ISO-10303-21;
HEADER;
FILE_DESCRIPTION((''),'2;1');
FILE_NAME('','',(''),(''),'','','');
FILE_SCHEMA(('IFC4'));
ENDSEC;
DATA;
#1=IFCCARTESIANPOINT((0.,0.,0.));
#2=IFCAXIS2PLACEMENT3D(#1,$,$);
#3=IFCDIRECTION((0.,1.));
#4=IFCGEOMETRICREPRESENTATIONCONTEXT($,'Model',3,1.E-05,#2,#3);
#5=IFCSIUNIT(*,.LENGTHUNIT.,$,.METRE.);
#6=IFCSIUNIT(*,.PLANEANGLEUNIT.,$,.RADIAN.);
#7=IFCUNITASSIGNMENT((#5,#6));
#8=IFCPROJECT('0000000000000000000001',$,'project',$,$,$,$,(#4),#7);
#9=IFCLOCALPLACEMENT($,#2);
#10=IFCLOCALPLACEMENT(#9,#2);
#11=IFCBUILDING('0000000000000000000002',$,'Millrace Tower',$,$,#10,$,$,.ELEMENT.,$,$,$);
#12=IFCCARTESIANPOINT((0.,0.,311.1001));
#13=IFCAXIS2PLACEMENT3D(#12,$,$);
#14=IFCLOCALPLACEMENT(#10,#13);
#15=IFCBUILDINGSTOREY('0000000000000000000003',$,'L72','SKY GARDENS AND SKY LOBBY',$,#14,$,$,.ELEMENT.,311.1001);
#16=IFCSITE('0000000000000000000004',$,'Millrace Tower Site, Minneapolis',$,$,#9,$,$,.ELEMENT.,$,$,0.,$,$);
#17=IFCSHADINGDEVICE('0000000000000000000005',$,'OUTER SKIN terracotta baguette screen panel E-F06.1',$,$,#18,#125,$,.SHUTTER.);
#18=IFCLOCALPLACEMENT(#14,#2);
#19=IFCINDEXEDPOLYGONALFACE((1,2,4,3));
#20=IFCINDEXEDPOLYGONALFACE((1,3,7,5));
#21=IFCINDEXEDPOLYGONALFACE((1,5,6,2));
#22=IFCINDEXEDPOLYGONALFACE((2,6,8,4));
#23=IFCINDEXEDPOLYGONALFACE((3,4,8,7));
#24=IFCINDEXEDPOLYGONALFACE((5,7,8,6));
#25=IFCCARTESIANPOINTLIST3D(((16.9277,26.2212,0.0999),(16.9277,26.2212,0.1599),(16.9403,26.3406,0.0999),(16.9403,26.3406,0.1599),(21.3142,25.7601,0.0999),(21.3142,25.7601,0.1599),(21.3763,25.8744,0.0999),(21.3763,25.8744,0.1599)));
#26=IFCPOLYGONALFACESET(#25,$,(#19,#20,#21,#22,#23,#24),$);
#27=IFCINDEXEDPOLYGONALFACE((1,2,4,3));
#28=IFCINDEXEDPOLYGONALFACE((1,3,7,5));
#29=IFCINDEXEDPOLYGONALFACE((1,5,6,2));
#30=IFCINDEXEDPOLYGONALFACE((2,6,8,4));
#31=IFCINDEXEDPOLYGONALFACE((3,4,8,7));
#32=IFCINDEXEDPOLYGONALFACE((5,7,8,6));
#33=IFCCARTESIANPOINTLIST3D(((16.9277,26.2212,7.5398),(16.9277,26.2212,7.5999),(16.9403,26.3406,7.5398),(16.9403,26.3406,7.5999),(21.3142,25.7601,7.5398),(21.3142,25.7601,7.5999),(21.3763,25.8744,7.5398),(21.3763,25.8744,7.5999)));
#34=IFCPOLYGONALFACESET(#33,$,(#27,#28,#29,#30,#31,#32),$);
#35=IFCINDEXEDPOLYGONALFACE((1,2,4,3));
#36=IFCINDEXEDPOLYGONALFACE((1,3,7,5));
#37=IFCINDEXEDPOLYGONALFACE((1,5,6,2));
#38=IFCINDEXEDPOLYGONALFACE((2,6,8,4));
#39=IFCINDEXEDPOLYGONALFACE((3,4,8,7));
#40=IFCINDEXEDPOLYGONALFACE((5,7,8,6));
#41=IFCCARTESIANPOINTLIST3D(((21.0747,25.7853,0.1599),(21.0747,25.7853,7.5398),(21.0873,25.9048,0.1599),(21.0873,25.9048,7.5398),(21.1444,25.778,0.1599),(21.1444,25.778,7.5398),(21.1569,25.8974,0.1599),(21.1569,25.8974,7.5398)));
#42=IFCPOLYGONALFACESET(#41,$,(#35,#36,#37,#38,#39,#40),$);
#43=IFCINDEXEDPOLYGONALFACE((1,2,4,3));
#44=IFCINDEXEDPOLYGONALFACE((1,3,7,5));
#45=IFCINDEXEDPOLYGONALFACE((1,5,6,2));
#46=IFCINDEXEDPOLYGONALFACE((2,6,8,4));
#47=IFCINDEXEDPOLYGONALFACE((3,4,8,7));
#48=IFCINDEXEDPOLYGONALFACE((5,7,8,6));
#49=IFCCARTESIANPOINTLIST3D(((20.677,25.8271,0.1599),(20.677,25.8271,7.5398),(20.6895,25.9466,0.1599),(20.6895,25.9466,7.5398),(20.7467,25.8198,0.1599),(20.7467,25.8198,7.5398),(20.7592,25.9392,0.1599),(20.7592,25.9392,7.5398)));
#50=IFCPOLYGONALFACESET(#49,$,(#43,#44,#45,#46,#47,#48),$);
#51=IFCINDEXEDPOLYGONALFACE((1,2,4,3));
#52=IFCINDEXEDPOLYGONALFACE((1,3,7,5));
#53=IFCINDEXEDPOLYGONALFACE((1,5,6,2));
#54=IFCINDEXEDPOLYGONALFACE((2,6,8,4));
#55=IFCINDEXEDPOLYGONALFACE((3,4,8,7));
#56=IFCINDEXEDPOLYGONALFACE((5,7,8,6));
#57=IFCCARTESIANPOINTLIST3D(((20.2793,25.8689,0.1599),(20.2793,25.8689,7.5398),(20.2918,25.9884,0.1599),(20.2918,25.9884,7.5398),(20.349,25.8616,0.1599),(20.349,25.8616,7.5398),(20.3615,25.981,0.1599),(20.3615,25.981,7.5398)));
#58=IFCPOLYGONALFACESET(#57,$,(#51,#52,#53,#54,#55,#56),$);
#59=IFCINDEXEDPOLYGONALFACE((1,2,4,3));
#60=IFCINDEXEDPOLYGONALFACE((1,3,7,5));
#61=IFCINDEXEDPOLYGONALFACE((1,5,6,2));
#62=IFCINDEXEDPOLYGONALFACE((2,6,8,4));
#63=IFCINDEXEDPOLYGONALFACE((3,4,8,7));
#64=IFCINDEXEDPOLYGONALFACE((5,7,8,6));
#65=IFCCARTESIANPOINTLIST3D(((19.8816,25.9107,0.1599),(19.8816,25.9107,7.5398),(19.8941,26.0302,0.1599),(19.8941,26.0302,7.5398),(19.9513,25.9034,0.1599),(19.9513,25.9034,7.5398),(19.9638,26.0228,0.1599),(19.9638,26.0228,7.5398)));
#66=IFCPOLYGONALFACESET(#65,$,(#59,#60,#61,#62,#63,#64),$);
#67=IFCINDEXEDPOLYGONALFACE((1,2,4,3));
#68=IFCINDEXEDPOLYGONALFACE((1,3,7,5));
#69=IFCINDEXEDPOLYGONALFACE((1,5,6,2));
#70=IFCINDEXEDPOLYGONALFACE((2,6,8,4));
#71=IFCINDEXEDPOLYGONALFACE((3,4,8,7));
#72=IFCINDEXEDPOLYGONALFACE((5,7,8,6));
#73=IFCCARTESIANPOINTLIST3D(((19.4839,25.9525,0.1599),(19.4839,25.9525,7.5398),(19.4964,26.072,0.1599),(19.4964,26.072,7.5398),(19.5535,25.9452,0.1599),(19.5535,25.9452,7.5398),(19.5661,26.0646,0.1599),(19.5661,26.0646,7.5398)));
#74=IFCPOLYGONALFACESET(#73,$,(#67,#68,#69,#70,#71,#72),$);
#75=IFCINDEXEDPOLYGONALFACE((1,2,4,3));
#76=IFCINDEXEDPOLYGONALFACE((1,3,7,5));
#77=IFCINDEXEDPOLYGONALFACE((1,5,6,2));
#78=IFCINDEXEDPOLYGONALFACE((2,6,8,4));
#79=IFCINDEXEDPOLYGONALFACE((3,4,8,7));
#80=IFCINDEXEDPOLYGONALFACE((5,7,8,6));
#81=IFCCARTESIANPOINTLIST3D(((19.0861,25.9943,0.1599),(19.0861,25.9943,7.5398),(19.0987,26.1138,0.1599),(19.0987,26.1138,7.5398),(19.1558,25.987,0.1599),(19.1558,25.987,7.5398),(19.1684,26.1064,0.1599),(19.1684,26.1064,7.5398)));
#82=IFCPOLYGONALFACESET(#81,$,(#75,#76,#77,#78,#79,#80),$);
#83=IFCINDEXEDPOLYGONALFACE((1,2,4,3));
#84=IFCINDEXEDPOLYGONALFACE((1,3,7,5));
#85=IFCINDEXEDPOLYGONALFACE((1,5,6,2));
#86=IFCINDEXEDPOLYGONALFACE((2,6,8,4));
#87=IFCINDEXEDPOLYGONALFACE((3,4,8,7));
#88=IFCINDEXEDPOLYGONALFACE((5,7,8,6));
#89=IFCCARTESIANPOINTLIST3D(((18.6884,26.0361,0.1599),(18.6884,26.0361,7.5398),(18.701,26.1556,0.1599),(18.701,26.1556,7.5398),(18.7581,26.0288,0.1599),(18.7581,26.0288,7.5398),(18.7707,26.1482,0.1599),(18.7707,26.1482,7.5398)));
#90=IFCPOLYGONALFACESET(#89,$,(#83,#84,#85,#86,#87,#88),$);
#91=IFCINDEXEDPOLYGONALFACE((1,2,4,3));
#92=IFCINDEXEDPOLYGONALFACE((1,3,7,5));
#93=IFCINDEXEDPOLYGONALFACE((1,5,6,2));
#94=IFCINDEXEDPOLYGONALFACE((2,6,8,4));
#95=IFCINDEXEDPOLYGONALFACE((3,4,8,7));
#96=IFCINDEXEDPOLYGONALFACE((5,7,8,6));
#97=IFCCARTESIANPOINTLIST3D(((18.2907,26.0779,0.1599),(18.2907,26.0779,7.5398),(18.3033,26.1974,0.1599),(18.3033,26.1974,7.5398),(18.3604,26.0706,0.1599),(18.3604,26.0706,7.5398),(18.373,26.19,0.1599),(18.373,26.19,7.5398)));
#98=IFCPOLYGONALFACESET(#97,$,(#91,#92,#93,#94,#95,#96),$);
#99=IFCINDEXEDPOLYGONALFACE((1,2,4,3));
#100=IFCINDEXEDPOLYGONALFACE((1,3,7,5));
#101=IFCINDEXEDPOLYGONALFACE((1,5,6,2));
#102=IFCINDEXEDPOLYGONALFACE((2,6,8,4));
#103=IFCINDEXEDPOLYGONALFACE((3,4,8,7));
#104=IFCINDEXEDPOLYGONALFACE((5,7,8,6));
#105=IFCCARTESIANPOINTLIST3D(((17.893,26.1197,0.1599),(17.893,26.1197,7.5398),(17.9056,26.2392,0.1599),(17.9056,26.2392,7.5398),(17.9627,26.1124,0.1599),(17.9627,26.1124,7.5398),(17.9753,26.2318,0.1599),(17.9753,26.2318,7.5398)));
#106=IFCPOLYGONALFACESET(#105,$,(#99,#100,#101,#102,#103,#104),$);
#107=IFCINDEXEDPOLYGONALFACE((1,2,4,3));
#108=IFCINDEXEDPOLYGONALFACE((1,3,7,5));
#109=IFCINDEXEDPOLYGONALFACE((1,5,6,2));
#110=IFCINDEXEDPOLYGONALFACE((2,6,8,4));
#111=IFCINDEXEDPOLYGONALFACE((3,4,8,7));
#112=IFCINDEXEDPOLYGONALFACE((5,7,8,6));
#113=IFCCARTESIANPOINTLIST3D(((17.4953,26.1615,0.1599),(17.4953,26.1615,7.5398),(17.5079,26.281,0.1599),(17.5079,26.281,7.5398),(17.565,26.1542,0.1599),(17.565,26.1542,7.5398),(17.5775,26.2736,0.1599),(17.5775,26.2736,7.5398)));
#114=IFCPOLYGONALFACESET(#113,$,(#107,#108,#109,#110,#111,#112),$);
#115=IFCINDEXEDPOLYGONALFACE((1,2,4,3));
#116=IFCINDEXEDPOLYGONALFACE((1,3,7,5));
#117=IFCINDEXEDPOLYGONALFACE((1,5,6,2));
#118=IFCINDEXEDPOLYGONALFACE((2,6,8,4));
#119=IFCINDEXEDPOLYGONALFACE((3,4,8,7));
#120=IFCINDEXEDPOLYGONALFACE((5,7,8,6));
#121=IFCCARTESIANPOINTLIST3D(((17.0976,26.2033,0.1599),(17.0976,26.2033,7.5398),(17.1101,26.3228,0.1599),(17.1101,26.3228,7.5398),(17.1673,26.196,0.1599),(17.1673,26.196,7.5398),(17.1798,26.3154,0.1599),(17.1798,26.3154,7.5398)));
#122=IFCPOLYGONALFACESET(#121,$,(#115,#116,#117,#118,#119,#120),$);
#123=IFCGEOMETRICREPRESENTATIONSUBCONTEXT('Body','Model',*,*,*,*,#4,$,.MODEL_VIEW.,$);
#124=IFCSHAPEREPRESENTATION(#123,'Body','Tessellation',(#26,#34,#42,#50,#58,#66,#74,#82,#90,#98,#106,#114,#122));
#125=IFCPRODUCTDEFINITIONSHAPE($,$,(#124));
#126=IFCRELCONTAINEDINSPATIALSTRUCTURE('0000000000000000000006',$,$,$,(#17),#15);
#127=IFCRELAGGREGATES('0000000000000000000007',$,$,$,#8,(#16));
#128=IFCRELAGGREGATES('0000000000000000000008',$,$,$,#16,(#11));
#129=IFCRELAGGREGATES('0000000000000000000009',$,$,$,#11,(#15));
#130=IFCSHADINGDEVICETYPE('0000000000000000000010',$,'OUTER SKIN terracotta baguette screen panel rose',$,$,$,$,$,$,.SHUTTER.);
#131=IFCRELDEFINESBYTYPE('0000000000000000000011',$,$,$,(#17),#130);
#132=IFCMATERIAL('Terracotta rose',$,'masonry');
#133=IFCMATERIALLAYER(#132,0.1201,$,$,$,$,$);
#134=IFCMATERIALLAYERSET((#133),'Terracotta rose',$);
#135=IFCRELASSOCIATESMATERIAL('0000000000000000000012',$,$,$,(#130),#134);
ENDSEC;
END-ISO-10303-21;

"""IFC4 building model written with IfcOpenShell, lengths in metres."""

from ifc_helpers import new_model, entity, si_unit, direction, frame, frame_2d, origin, place, context, subcontext, project, spatial, rectangle, extrude, source, transform, mapped, material, layer, layer_set, type_object, element, save


model = new_model("IFC4")

# Units and contexts
model_context = context("Model", 3, precision=1e-05, world=origin(), true_north=direction((0.0, 1.0)))
body_context = subcontext(model_context, "Body", "Model", "MODEL_VIEW")
ifc_project = project(units=[si_unit("LENGTHUNIT", "METRE"), si_unit("PLANEANGLEUNIT", "RADIAN")], contexts=[model_context])

# Site, building, storey
site_placement = place(None, origin())
site = spatial("IfcSite", under=ifc_project, at=site_placement, Name="Millrace Tower Site, Minneapolis", CompositionType="ELEMENT", RefElevation=0.0)
building_placement = place(site_placement, origin())
building = spatial("IfcBuilding", under=site, at=building_placement, Name="Millrace Tower", CompositionType="ELEMENT")
storey_placement = place(building_placement, frame((0.0, 0.0, 311.1001)))
storey = spatial("IfcBuildingStorey", under=building, at=storey_placement, Name="L72", Description="SKY GARDENS AND SKY LOBBY", CompositionType="ELEMENT", Elevation=311.1001)

# Shading device
ifc_material_1 = material(Name="Terracotta rose", Category="masonry")
ifc_layer_1 = layer(ifc_material_1, 0.1201)
ifc_layer_set_1 = layer_set([ifc_layer_1], Name="Terracotta rose")
shading_device_type = type_object("IfcShadingDeviceType", Name="OUTER SKIN terracotta baguette screen panel rose", PredefinedType="SHUTTER", material=ifc_layer_set_1)
cartesian_point_1 = entity("IfcCartesianPoint", [-2.1929, 0.0601])
shared_polyline_1 = entity("IfcPolyline", [cartesian_point_1, entity("IfcCartesianPoint", [2.2178, 0.0601]), entity("IfcCartesianPoint", [2.2178, -0.0601]), entity("IfcCartesianPoint", [-2.2427, -0.0601]), cartesian_point_1])
shared_shape_1 = source(origin(), body_context, "Body", "SweptSolid", [
    entity("IfcExtrudedAreaSolid", entity("IfcArbitraryClosedProfileDef", "AREA", None, shared_polyline_1), entity("IfcAxis2Placement3D", entity("IfcCartesianPoint", [0.0, 0.0, 0.0])), entity("IfcDirection", [0.0, 0.0, 1.0]), 0.0601),
    entity("IfcExtrudedAreaSolid", entity("IfcArbitraryClosedProfileDef", "AREA", None, shared_polyline_1), entity("IfcAxis2Placement3D", entity("IfcCartesianPoint", [0.0, 0.0, 7.4399])), entity("IfcDirection", [0.0, 0.0, 1.0]), 0.0601),
    extrude(rectangle(XDim=0.0701, YDim=0.1201, at=frame_2d((-1.9871, 0.0))), frame((0.0, 0.0, 0.0601)), (0.0, 0.0, 1.0), 7.3799),
    extrude(rectangle(XDim=0.0701, YDim=0.1201, at=frame_2d((-1.5872, 0.0))), frame((0.0, 0.0, 0.0601)), (0.0, 0.0, 1.0), 7.3799),
    extrude(rectangle(XDim=0.0701, YDim=0.1201, at=frame_2d((-1.1873, 0.0))), frame((0.0, 0.0, 0.0601)), (0.0, 0.0, 1.0), 7.3799),
    extrude(rectangle(XDim=0.0701, YDim=0.1201, at=frame_2d((-0.7874, 0.0))), frame((0.0, 0.0, 0.0601)), (0.0, 0.0, 1.0), 7.3799),
    extrude(rectangle(XDim=0.0701, YDim=0.1201, at=frame_2d((-0.3875, 0.0))), frame((0.0, 0.0, 0.0601)), (0.0, 0.0, 1.0), 7.3799),
    extrude(rectangle(XDim=0.0701, YDim=0.1201, at=frame_2d((0.0125, 0.0))), frame((0.0, 0.0, 0.0601)), (0.0, 0.0, 1.0), 7.3799),
    extrude(rectangle(XDim=0.0701, YDim=0.1201, at=frame_2d((0.4124, 0.0))), frame((0.0, 0.0, 0.0601)), (0.0, 0.0, 1.0), 7.3799),
    extrude(rectangle(XDim=0.0701, YDim=0.1201, at=frame_2d((0.8123, 0.0))), frame((0.0, 0.0, 0.0601)), (0.0, 0.0, 1.0), 7.3799),
    extrude(rectangle(XDim=0.0701, YDim=0.1201, at=frame_2d((1.2122, 0.0))), frame((0.0, 0.0, 0.0601)), (0.0, 0.0, 1.0), 7.3799),
    extrude(rectangle(XDim=0.0701, YDim=0.1201, at=frame_2d((1.6121, 0.0))), frame((0.0, 0.0, 0.0601)), (0.0, 0.0, 1.0), 7.3799),
    extrude(rectangle(XDim=0.0701, YDim=0.1201, at=frame_2d((2.012, 0.0))), frame((0.0, 0.0, 0.0601)), (0.0, 0.0, 1.0), 7.3799),
])
shading_device_1_placement = place(storey_placement, frame((19.1396, 26.0491, 0.0999), z_axis=(0.0, 0.0, 1.0), x_axis=(-0.994522, 0.104528, 0.0)))
element("IfcShadingDevice", 1, at=shading_device_1_placement, inside=storey, type_object=shading_device_type, Name="OUTER SKIN terracotta baguette screen panel E-F06.1", PredefinedType="SHUTTER", context=body_context, shape_type="MappedRepresentation", body=[
    mapped(shared_shape_1, transform((0.0, 0.0, 0.0), scale=1.0)),
])

save(model, "model.ifc")
